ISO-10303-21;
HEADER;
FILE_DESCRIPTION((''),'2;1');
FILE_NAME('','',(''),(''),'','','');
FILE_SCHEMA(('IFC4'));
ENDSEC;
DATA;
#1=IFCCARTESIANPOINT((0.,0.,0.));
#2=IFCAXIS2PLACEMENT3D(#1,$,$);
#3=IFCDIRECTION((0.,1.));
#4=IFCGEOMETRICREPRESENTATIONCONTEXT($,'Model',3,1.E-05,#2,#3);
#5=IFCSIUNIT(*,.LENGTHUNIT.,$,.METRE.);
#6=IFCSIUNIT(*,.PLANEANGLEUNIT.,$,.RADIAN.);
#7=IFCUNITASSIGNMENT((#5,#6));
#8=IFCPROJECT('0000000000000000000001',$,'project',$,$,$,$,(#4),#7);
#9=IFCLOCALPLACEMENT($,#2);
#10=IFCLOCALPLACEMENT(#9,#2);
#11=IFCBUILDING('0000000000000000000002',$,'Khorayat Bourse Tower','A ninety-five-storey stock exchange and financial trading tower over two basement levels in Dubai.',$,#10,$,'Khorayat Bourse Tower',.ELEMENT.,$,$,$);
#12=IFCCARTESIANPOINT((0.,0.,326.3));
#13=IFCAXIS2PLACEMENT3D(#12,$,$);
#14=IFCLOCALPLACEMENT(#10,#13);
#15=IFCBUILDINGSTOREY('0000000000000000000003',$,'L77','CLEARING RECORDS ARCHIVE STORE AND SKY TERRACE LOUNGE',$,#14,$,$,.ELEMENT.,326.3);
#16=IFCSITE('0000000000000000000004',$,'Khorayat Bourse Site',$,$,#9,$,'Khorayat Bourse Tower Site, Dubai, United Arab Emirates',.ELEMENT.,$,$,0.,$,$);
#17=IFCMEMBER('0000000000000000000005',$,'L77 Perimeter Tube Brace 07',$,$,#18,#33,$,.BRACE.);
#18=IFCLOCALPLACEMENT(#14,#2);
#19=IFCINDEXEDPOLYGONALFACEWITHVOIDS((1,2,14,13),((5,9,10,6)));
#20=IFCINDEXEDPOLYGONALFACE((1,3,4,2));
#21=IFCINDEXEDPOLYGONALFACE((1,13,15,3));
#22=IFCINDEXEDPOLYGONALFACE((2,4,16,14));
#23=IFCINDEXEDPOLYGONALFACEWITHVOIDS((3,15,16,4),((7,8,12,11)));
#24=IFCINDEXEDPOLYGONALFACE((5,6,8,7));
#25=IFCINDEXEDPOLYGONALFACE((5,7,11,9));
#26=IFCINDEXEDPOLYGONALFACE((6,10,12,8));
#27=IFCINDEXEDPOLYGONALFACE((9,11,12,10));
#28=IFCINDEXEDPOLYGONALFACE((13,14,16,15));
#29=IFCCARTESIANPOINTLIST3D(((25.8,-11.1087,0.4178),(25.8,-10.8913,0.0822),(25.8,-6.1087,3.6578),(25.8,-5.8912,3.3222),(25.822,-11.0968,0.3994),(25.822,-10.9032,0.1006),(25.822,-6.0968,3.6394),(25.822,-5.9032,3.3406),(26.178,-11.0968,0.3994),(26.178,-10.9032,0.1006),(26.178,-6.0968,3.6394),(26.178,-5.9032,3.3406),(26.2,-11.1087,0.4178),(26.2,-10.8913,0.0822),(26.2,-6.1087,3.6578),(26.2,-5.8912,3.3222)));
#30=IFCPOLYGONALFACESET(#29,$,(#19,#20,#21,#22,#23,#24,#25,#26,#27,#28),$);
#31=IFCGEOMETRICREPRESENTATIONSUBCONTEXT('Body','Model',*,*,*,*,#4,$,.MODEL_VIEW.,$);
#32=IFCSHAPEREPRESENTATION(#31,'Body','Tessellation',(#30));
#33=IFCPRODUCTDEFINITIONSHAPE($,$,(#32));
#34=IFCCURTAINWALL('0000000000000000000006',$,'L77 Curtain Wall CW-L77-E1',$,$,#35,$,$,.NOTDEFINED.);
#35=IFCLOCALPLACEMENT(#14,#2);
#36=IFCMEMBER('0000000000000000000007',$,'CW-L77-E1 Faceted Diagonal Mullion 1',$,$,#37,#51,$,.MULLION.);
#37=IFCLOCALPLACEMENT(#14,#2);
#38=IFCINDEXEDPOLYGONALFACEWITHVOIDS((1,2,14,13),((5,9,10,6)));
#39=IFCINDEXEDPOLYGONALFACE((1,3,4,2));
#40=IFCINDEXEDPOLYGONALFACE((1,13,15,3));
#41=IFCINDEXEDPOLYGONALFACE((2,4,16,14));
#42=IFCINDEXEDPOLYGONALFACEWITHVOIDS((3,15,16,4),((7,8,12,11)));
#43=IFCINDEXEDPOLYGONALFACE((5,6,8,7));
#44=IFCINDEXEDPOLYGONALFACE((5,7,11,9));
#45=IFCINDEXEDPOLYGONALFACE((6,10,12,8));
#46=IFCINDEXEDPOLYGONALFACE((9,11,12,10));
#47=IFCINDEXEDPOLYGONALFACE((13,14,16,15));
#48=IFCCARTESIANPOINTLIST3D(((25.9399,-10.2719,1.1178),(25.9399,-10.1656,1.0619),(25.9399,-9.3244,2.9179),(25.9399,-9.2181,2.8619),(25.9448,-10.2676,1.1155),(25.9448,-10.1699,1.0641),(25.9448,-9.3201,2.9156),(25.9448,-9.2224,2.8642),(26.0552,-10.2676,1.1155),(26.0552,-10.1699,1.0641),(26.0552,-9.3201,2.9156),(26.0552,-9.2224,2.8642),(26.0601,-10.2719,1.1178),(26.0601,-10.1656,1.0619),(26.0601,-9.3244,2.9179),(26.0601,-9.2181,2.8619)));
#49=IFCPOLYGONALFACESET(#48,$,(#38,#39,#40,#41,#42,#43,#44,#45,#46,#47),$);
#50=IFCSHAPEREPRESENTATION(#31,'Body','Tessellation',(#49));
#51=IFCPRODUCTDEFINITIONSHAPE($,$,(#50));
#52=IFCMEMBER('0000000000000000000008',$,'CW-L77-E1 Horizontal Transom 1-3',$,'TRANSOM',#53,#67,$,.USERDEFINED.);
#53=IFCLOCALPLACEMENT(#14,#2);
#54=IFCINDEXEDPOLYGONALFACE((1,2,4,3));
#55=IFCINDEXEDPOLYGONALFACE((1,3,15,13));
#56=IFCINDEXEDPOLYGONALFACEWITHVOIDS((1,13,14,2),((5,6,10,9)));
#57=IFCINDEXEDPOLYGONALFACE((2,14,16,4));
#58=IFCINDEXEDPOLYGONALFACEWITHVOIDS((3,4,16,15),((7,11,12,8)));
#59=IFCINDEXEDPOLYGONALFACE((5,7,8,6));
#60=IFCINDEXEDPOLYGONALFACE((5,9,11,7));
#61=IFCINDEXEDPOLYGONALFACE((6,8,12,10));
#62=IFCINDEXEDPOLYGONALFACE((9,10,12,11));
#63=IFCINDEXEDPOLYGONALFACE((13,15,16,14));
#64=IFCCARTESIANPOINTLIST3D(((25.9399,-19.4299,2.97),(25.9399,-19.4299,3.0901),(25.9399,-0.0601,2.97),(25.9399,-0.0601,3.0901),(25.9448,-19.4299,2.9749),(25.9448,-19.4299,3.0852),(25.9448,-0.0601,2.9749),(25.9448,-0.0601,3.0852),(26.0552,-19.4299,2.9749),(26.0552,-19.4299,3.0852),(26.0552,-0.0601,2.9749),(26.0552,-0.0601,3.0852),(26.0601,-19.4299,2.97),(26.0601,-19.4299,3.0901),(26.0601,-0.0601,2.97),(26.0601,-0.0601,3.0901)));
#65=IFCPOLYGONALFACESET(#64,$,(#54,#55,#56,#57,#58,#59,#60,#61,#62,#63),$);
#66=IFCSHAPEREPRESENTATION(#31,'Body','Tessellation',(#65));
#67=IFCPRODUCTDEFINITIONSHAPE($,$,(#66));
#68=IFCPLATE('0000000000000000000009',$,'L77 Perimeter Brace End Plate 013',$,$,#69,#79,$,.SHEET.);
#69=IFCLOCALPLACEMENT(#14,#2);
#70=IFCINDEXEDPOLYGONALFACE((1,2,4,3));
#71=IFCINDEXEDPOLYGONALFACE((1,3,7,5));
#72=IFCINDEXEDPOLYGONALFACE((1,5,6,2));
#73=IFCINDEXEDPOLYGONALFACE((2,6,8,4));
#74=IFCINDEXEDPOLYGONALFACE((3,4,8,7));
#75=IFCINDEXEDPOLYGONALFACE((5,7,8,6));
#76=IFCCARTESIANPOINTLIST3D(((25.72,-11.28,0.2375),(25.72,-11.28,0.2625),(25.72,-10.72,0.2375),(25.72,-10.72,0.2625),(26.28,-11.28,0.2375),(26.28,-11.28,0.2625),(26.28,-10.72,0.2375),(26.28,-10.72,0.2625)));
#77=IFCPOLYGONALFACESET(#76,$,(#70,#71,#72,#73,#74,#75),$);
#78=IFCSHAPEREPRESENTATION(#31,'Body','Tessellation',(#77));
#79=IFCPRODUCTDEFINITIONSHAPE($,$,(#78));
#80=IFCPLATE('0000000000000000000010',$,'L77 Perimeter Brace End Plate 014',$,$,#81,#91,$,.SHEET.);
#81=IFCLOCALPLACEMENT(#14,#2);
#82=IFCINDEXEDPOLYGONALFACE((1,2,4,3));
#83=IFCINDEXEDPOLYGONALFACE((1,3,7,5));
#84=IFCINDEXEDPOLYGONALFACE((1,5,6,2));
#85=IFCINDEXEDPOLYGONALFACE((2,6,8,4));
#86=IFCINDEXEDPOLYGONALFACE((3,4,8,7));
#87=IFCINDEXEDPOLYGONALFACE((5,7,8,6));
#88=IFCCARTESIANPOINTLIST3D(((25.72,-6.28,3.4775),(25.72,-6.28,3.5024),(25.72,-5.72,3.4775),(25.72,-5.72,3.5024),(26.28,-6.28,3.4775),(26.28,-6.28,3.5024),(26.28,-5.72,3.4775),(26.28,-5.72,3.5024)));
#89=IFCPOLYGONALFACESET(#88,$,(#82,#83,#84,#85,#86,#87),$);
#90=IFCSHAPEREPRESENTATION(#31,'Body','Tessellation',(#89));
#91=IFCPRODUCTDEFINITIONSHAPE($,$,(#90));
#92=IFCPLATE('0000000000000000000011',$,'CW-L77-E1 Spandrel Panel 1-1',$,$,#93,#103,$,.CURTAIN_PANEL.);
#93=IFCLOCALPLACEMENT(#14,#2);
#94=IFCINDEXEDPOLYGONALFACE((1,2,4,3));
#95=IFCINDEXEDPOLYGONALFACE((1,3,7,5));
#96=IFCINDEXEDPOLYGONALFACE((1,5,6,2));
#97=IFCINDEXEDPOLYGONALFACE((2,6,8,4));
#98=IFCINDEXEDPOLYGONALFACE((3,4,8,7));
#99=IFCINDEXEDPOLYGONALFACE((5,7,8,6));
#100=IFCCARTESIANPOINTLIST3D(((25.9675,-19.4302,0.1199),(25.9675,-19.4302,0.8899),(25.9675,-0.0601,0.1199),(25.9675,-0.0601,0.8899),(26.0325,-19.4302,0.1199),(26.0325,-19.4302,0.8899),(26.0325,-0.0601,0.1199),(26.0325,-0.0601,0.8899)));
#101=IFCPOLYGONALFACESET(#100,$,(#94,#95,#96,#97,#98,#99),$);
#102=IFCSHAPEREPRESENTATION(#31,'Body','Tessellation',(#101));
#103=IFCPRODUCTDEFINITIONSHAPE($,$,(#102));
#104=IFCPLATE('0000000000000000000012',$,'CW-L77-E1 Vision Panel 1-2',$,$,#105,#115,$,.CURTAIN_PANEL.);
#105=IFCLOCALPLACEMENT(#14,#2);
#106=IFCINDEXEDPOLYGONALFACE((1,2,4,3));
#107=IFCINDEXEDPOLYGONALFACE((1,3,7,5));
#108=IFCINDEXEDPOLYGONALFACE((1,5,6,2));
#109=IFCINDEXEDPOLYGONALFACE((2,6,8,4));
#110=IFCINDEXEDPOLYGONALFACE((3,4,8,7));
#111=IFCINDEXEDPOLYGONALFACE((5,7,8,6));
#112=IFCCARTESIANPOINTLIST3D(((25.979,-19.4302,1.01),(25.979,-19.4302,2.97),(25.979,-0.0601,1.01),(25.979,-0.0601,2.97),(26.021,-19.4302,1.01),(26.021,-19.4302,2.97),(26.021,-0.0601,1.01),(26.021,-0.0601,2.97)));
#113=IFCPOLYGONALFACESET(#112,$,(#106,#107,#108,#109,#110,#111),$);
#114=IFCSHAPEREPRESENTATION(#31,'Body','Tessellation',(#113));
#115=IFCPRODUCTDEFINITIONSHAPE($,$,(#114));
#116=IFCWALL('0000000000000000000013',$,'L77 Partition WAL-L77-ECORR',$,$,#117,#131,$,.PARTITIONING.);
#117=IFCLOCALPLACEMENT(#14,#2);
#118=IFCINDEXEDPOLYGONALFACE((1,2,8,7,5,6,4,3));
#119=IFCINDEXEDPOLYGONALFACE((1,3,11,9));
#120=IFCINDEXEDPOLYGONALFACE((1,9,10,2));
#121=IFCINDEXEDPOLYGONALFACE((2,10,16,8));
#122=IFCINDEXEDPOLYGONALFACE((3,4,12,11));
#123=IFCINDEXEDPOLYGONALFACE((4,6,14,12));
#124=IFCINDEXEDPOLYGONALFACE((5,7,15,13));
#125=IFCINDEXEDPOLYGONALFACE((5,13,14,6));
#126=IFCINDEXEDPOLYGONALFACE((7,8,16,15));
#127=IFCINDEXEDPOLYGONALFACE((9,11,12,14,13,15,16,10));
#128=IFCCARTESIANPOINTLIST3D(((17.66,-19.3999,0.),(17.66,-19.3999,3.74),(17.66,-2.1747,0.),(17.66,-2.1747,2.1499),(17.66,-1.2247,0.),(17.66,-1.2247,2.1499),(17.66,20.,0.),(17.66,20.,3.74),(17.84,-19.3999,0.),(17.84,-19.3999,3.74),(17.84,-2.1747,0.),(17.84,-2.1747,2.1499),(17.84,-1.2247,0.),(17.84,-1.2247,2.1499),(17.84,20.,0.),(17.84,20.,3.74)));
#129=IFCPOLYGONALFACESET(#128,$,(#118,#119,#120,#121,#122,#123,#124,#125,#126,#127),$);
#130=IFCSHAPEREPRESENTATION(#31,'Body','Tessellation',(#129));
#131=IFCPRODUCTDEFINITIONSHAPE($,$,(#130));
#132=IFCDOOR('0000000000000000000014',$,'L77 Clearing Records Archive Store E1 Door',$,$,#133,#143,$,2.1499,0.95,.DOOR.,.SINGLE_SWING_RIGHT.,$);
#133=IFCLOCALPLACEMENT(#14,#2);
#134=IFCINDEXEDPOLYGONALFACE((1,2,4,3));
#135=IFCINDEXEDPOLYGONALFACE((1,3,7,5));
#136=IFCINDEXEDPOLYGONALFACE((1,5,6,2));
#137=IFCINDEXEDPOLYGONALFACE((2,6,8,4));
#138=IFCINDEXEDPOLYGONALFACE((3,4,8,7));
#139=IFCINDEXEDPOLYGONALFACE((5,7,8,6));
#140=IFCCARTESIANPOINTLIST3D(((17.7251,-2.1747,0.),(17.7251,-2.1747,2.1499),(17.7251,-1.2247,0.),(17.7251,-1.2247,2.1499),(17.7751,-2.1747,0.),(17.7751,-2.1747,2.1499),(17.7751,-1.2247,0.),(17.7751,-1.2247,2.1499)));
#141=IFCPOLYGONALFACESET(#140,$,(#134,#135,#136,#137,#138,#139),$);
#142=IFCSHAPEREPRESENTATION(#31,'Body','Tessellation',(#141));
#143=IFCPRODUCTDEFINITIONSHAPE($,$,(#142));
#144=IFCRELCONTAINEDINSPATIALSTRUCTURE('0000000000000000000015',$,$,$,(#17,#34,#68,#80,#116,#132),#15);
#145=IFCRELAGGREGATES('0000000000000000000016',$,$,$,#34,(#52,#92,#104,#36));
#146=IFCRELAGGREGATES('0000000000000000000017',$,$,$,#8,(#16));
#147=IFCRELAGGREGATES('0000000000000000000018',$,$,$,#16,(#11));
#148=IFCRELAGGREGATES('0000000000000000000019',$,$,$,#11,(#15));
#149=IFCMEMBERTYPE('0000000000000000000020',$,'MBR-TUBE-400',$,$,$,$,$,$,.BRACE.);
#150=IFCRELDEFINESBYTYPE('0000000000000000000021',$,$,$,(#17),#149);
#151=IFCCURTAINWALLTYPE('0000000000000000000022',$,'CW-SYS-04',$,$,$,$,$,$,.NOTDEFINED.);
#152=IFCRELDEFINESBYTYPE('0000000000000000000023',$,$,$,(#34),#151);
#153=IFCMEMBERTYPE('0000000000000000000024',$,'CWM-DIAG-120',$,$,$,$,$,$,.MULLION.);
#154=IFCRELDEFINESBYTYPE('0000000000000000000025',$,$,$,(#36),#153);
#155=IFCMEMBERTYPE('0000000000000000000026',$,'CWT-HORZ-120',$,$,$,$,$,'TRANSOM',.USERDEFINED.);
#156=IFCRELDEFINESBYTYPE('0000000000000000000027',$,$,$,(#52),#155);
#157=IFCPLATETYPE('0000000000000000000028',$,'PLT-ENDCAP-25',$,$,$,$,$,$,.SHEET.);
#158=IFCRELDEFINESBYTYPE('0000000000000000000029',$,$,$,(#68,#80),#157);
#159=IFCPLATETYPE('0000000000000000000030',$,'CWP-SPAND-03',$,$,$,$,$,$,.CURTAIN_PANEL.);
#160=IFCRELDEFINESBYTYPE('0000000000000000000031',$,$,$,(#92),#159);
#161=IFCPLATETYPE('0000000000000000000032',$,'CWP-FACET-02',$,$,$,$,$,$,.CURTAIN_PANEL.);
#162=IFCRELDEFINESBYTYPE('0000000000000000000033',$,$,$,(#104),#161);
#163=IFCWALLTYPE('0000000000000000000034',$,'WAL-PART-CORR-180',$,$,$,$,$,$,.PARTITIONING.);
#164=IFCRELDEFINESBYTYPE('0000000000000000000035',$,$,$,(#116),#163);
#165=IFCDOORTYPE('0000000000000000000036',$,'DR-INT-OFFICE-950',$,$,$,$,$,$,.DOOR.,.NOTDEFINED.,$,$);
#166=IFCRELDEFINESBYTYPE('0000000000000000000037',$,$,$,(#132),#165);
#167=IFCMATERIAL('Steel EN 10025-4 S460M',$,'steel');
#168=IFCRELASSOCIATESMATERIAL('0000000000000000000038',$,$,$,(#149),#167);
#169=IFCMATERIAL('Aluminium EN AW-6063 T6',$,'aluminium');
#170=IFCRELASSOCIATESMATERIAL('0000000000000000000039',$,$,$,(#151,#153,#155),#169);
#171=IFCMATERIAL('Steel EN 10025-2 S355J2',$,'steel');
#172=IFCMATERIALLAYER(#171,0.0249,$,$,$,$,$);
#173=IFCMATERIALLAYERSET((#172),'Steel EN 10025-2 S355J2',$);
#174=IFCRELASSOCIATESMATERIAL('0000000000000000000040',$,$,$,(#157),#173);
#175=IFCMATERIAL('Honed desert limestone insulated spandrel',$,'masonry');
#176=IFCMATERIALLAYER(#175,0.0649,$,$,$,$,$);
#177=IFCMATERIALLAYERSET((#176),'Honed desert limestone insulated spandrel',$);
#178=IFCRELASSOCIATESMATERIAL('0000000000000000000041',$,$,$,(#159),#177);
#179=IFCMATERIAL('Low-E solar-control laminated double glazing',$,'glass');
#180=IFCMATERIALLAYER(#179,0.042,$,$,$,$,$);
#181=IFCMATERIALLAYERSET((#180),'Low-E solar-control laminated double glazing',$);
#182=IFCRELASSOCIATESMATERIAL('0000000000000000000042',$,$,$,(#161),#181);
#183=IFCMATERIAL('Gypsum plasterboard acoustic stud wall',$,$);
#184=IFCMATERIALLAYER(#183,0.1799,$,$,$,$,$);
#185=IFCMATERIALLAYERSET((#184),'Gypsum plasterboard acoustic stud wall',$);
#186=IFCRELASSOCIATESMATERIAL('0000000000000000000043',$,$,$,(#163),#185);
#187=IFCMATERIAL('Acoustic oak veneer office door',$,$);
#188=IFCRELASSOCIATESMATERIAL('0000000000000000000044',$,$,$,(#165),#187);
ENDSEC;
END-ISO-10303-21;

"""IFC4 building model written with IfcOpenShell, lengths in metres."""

from ifc_helpers import new_model, si_unit, direction, frame, frame_2d, origin, origin_2d, place, context, subcontext, project, spatial, rectangle, hollow_rectangle, extrude, source, transform, mapped, material, layer, layer_set, material_profile, profile_set, type_object, element, fill, aggregate, save


model = new_model("IFC4")

# Units and contexts
model_context = context("Model", 3, precision=1e-05, world=origin(), true_north=direction((0.0, 1.0)))
body_context = subcontext(model_context, "Body", "Model", "MODEL_VIEW")
ifc_project = project(units=[si_unit("LENGTHUNIT", "METRE"), si_unit("PLANEANGLEUNIT", "RADIAN")], contexts=[model_context])

# Site, building, storey
site_placement = place(None, origin())
site = spatial("IfcSite", under=ifc_project, at=site_placement, Name="Khorayat Bourse Site", LongName="Khorayat Bourse Tower Site, Dubai, United Arab Emirates", CompositionType="ELEMENT", RefElevation=0.0)
building_placement = place(site_placement, origin())
building = spatial("IfcBuilding", under=site, at=building_placement, Name="Khorayat Bourse Tower", Description="A ninety-five-storey stock exchange and financial trading tower over two basement levels in Dubai.", LongName="Khorayat Bourse Tower", CompositionType="ELEMENT")
storey_placement = place(building_placement, frame((0.0, 0.0, 326.3)))
storey = spatial("IfcBuildingStorey", under=building, at=storey_placement, Name="L77", Description="CLEARING RECORDS ARCHIVE STORE AND SKY TERRACE LOUNGE", CompositionType="ELEMENT", Elevation=326.3)

# Shared definitions
ifc_material_1 = material(Name="Steel EN 10025-2 S355J2", Category="steel")

# Member
ifc_material_2 = material(Name="Steel EN 10025-4 S460M", Category="steel")
ifc_material_profile_1 = material_profile(ifc_material_2, hollow_rectangle(XDim=0.3999, YDim=0.3999, WallThickness=0.022, at=origin_2d()), Name="HSS 400x400x22")
ifc_profile_set_1 = profile_set([ifc_material_profile_1], Name="Steel EN 10025-4 S460M")
member_type_1 = type_object("IfcMemberType", Name="MBR-TUBE-400", PredefinedType="BRACE", material=ifc_profile_set_1)
shared_shape_1 = source(origin(), body_context, "Body", "SweptSolid", [
    extrude(hollow_rectangle(XDim=0.3999, YDim=0.3999, WallThickness=0.022, at=origin_2d()), origin(), (0.0, 0.0, 1.0), 5.958),
])
member_1_placement = place(storey_placement, frame((26.0, -11.0, 0.25), z_axis=(0.0, 0.83921, 0.543807), x_axis=(-1.0, 0.0, 0.0)))
element("IfcMember", 1, at=member_1_placement, inside=storey, type_object=member_type_1, Name="L77 Perimeter Tube Brace 07", PredefinedType="BRACE", context=body_context, shape_type="MappedRepresentation", body=[
    mapped(shared_shape_1, transform((0.0, 0.0, 0.0), scale=1.0)),
])

# Curtain wall, members
ifc_material_3 = material(Name="Aluminium EN AW-6063 T6", Category="aluminium")
curtain_wall_type = type_object("IfcCurtainWallType", Name="CW-SYS-04", PredefinedType="NOTDEFINED", material=ifc_material_3)
curtain_wall_placement = place(storey_placement, origin())
curtain_wall = element("IfcCurtainWall", 2, at=curtain_wall_placement, inside=storey, type_object=curtain_wall_type, Name="L77 Curtain Wall CW-L77-E1", PredefinedType="NOTDEFINED")
ifc_material_profile_2 = material_profile(ifc_material_3, hollow_rectangle(XDim=0.1201, YDim=0.1201, WallThickness=0.0049, at=origin_2d()), Name="ALU 120x120x5")
ifc_profile_set_2 = profile_set([ifc_material_profile_2], Name="Aluminium EN AW-6063 T6")
member_type_2 = type_object("IfcMemberType", Name="CWM-DIAG-120", PredefinedType="MULLION", material=ifc_profile_set_2)
shared_shape_2 = source(origin(), body_context, "Body", "SweptSolid", [
    extrude(hollow_rectangle(XDim=0.1201, YDim=0.1201, WallThickness=0.0049, at=origin_2d()), origin(), (0.0, 0.0, 1.0), 2.0342),
])
member_2_placement = place(storey_placement, frame((26.0, -10.2188, 1.0898), z_axis=(0.0, 0.465791, 0.884895), x_axis=(-1.0, 0.0, 0.0)))
member_2 = element("IfcMember", 3, at=member_2_placement, type_object=member_type_2, Name="CW-L77-E1 Faceted Diagonal Mullion 1", PredefinedType="MULLION", context=body_context, shape_type="MappedRepresentation", body=[
    mapped(shared_shape_2, transform((0.0, 0.0, 0.0), scale=1.0)),
])
ifc_material_profile_3 = material_profile(ifc_material_3, hollow_rectangle(XDim=0.1201, YDim=0.1201, WallThickness=0.0049, at=origin_2d()), Name="ALU 120x120x5")
ifc_profile_set_3 = profile_set([ifc_material_profile_3], Name="Aluminium EN AW-6063 T6")
member_type_3 = type_object("IfcMemberType", Name="CWT-HORZ-120", ElementType="TRANSOM", PredefinedType="USERDEFINED", material=ifc_profile_set_3)
shared_shape_3 = source(origin(), body_context, "Body", "SweptSolid", [
    extrude(hollow_rectangle(XDim=0.1201, YDim=0.1201, WallThickness=0.0049, at=origin_2d()), origin(), (0.0, 0.0, 1.0), 19.3699),
])
member_3_placement = place(storey_placement, frame((26.0, -19.4299, 3.03), z_axis=(0.0, 1.0, 0.0), x_axis=(-1.0, 0.0, 0.0)))
member_3 = element("IfcMember", 4, at=member_3_placement, type_object=member_type_3, Name="CW-L77-E1 Horizontal Transom 1-3", ObjectType="TRANSOM", PredefinedType="USERDEFINED", context=body_context, shape_type="MappedRepresentation", body=[
    mapped(shared_shape_3, transform((0.0, 0.0, 0.0), scale=1.0)),
])

# Plates
ifc_layer_1 = layer(ifc_material_1, 0.0249)
ifc_layer_set_1 = layer_set([ifc_layer_1], Name="Steel EN 10025-2 S355J2")
plate_type_1 = type_object("IfcPlateType", Name="PLT-ENDCAP-25", PredefinedType="SHEET", material=ifc_layer_set_1)
shared_shape_4 = source(origin(), body_context, "Body", "SweptSolid", [
    extrude(rectangle(XDim=0.5601, YDim=0.5601, at=origin_2d()), origin(), (0.0, 0.0, 1.0), 0.0249),
])
for number, where, z_axis, x_axis, name in (
    (5, (26.0, -11.0, 0.2375), (0.0, 0.0, 1.0), (1.0, 0.0, 0.0), "L77 Perimeter Brace End Plate 013"),
    (6, (26.0, -6.0, 3.4775), (0.0, 0.0, 1.0), (1.0, 0.0, 0.0), "L77 Perimeter Brace End Plate 014"),
):
    element("IfcPlate", number, at=place(storey_placement, frame(where, z_axis=z_axis, x_axis=x_axis)), inside=storey, type_object=plate_type_1, Name=name, PredefinedType="SHEET", context=body_context, shape_type="MappedRepresentation", body=[
        mapped(shared_shape_4, transform((0.0, 0.0, 0.0), scale=1.0)),
    ])

# Plates
ifc_material_4 = material(Name="Honed desert limestone insulated spandrel", Category="masonry")
ifc_layer_2 = layer(ifc_material_4, 0.0649)
ifc_layer_set_2 = layer_set([ifc_layer_2], Name="Honed desert limestone insulated spandrel")
plate_type_2 = type_object("IfcPlateType", Name="CWP-SPAND-03", PredefinedType="CURTAIN_PANEL", material=ifc_layer_set_2)
shared_shape_5 = source(origin(), body_context, "Body", "SweptSolid", [
    extrude(rectangle(XDim=19.3701, YDim=0.0649, at=origin_2d()), origin(), (0.0, 0.0, 1.0), 0.77),
])
plate_1_placement = place(storey_placement, frame((26.0, -9.7451, 0.1199), z_axis=(0.0, 0.0, 1.0), x_axis=(0.0, 1.0, 0.0)))
plate_1 = element("IfcPlate", 7, at=plate_1_placement, type_object=plate_type_2, Name="CW-L77-E1 Spandrel Panel 1-1", PredefinedType="CURTAIN_PANEL", context=body_context, shape_type="MappedRepresentation", body=[
    mapped(shared_shape_5, transform((0.0, 0.0, 0.0), scale=1.0)),
])
ifc_material_5 = material(Name="Low-E solar-control laminated double glazing", Category="glass")
ifc_layer_3 = layer(ifc_material_5, 0.042)
ifc_layer_set_3 = layer_set([ifc_layer_3], Name="Low-E solar-control laminated double glazing")
plate_type_3 = type_object("IfcPlateType", Name="CWP-FACET-02", PredefinedType="CURTAIN_PANEL", material=ifc_layer_set_3)
shared_shape_6 = source(origin(), body_context, "Body", "SweptSolid", [
    extrude(rectangle(XDim=19.3701, YDim=0.042, at=origin_2d()), origin(), (0.0, 0.0, 1.0), 1.96),
])
plate_2_placement = place(storey_placement, frame((26.0, -9.7451, 1.01), z_axis=(0.0, 0.0, 1.0), x_axis=(0.0, 1.0, 0.0)))
plate_2 = element("IfcPlate", 8, at=plate_2_placement, type_object=plate_type_3, Name="CW-L77-E1 Vision Panel 1-2", PredefinedType="CURTAIN_PANEL", context=body_context, shape_type="MappedRepresentation", body=[
    mapped(shared_shape_6, transform((0.0, 0.0, 0.0), scale=1.0)),
])
aggregate(curtain_wall, [member_3, plate_1, plate_2, member_2])

# Wall, opening, door
ifc_material_6 = material(Name="Gypsum plasterboard acoustic stud wall")
ifc_layer_4 = layer(ifc_material_6, 0.1799)
ifc_layer_set_4 = layer_set([ifc_layer_4], Name="Gypsum plasterboard acoustic stud wall")
wall_type = type_object("IfcWallType", Name="WAL-PART-CORR-180", PredefinedType="PARTITIONING", material=ifc_layer_set_4)
shared_shape_7 = source(origin(), body_context, "Body", "SweptSolid", [
    extrude(rectangle(XDim=39.3999, YDim=0.1799, at=frame_2d((19.7, 0.0))), origin(), (0.0, 0.0, 1.0), 3.74),
])
wall_placement = place(storey_placement, frame((17.75, -19.3999, 0.0), z_axis=(0.0, 0.0, 1.0), x_axis=(0.0, 1.0, 0.0)))
wall = element("IfcWall", 9, at=wall_placement, inside=storey, type_object=wall_type, Name="L77 Partition WAL-L77-ECORR", PredefinedType="PARTITIONING", context=body_context, shape_type="MappedRepresentation", body=[
    mapped(shared_shape_7, transform((0.0, 0.0, 0.0), scale=1.0)),
])
shared_shape_8 = source(origin(), body_context, "Body", "SweptSolid", [
    extrude(rectangle(XDim=0.95, YDim=2.1499, at=frame_2d((0.4751, 1.075))), frame((0.0, 0.0999, 0.0), z_axis=(0.0, -1.0, 0.0), x_axis=(1.0, 0.0, 0.0)), (0.0, 0.0, 1.0), 0.2),
])
opening_placement = place(wall_placement, frame((17.2251, 0.0, 0.0)))
opening = element("IfcOpeningElement", 10, at=opening_placement, cuts=wall, PredefinedType="OPENING", context=body_context, shape_type="MappedRepresentation", body=[
    mapped(shared_shape_8, transform((0.0, 0.0, 0.0), scale=1.0)),
])
ifc_material_7 = material(Name="Acoustic oak veneer office door")
door_type = type_object("IfcDoorType", Name="DR-INT-OFFICE-950", OperationType="NOTDEFINED", PredefinedType="DOOR", material=ifc_material_7)
shared_shape_9 = source(origin(), body_context, "Body", "SweptSolid", [
    extrude(rectangle(XDim=0.95, YDim=2.1499, at=frame_2d((0.4751, 1.075))), frame((0.0, 0.0249, 0.0), z_axis=(0.0, -1.0, 0.0), x_axis=(1.0, 0.0, 0.0)), (0.0, 0.0, 1.0), 0.05),
])
door_placement = place(opening_placement, origin())
door = element("IfcDoor", 11, at=door_placement, inside=storey, type_object=door_type, Name="L77 Clearing Records Archive Store E1 Door", OperationType="SINGLE_SWING_RIGHT", OverallHeight=2.1499, OverallWidth=0.95, PredefinedType="DOOR", context=body_context, shape_type="MappedRepresentation", body=[
    mapped(shared_shape_9, transform((0.0, 0.0, 0.0), scale=1.0)),
])
fill(opening, door)

save(model, "model.ifc")
